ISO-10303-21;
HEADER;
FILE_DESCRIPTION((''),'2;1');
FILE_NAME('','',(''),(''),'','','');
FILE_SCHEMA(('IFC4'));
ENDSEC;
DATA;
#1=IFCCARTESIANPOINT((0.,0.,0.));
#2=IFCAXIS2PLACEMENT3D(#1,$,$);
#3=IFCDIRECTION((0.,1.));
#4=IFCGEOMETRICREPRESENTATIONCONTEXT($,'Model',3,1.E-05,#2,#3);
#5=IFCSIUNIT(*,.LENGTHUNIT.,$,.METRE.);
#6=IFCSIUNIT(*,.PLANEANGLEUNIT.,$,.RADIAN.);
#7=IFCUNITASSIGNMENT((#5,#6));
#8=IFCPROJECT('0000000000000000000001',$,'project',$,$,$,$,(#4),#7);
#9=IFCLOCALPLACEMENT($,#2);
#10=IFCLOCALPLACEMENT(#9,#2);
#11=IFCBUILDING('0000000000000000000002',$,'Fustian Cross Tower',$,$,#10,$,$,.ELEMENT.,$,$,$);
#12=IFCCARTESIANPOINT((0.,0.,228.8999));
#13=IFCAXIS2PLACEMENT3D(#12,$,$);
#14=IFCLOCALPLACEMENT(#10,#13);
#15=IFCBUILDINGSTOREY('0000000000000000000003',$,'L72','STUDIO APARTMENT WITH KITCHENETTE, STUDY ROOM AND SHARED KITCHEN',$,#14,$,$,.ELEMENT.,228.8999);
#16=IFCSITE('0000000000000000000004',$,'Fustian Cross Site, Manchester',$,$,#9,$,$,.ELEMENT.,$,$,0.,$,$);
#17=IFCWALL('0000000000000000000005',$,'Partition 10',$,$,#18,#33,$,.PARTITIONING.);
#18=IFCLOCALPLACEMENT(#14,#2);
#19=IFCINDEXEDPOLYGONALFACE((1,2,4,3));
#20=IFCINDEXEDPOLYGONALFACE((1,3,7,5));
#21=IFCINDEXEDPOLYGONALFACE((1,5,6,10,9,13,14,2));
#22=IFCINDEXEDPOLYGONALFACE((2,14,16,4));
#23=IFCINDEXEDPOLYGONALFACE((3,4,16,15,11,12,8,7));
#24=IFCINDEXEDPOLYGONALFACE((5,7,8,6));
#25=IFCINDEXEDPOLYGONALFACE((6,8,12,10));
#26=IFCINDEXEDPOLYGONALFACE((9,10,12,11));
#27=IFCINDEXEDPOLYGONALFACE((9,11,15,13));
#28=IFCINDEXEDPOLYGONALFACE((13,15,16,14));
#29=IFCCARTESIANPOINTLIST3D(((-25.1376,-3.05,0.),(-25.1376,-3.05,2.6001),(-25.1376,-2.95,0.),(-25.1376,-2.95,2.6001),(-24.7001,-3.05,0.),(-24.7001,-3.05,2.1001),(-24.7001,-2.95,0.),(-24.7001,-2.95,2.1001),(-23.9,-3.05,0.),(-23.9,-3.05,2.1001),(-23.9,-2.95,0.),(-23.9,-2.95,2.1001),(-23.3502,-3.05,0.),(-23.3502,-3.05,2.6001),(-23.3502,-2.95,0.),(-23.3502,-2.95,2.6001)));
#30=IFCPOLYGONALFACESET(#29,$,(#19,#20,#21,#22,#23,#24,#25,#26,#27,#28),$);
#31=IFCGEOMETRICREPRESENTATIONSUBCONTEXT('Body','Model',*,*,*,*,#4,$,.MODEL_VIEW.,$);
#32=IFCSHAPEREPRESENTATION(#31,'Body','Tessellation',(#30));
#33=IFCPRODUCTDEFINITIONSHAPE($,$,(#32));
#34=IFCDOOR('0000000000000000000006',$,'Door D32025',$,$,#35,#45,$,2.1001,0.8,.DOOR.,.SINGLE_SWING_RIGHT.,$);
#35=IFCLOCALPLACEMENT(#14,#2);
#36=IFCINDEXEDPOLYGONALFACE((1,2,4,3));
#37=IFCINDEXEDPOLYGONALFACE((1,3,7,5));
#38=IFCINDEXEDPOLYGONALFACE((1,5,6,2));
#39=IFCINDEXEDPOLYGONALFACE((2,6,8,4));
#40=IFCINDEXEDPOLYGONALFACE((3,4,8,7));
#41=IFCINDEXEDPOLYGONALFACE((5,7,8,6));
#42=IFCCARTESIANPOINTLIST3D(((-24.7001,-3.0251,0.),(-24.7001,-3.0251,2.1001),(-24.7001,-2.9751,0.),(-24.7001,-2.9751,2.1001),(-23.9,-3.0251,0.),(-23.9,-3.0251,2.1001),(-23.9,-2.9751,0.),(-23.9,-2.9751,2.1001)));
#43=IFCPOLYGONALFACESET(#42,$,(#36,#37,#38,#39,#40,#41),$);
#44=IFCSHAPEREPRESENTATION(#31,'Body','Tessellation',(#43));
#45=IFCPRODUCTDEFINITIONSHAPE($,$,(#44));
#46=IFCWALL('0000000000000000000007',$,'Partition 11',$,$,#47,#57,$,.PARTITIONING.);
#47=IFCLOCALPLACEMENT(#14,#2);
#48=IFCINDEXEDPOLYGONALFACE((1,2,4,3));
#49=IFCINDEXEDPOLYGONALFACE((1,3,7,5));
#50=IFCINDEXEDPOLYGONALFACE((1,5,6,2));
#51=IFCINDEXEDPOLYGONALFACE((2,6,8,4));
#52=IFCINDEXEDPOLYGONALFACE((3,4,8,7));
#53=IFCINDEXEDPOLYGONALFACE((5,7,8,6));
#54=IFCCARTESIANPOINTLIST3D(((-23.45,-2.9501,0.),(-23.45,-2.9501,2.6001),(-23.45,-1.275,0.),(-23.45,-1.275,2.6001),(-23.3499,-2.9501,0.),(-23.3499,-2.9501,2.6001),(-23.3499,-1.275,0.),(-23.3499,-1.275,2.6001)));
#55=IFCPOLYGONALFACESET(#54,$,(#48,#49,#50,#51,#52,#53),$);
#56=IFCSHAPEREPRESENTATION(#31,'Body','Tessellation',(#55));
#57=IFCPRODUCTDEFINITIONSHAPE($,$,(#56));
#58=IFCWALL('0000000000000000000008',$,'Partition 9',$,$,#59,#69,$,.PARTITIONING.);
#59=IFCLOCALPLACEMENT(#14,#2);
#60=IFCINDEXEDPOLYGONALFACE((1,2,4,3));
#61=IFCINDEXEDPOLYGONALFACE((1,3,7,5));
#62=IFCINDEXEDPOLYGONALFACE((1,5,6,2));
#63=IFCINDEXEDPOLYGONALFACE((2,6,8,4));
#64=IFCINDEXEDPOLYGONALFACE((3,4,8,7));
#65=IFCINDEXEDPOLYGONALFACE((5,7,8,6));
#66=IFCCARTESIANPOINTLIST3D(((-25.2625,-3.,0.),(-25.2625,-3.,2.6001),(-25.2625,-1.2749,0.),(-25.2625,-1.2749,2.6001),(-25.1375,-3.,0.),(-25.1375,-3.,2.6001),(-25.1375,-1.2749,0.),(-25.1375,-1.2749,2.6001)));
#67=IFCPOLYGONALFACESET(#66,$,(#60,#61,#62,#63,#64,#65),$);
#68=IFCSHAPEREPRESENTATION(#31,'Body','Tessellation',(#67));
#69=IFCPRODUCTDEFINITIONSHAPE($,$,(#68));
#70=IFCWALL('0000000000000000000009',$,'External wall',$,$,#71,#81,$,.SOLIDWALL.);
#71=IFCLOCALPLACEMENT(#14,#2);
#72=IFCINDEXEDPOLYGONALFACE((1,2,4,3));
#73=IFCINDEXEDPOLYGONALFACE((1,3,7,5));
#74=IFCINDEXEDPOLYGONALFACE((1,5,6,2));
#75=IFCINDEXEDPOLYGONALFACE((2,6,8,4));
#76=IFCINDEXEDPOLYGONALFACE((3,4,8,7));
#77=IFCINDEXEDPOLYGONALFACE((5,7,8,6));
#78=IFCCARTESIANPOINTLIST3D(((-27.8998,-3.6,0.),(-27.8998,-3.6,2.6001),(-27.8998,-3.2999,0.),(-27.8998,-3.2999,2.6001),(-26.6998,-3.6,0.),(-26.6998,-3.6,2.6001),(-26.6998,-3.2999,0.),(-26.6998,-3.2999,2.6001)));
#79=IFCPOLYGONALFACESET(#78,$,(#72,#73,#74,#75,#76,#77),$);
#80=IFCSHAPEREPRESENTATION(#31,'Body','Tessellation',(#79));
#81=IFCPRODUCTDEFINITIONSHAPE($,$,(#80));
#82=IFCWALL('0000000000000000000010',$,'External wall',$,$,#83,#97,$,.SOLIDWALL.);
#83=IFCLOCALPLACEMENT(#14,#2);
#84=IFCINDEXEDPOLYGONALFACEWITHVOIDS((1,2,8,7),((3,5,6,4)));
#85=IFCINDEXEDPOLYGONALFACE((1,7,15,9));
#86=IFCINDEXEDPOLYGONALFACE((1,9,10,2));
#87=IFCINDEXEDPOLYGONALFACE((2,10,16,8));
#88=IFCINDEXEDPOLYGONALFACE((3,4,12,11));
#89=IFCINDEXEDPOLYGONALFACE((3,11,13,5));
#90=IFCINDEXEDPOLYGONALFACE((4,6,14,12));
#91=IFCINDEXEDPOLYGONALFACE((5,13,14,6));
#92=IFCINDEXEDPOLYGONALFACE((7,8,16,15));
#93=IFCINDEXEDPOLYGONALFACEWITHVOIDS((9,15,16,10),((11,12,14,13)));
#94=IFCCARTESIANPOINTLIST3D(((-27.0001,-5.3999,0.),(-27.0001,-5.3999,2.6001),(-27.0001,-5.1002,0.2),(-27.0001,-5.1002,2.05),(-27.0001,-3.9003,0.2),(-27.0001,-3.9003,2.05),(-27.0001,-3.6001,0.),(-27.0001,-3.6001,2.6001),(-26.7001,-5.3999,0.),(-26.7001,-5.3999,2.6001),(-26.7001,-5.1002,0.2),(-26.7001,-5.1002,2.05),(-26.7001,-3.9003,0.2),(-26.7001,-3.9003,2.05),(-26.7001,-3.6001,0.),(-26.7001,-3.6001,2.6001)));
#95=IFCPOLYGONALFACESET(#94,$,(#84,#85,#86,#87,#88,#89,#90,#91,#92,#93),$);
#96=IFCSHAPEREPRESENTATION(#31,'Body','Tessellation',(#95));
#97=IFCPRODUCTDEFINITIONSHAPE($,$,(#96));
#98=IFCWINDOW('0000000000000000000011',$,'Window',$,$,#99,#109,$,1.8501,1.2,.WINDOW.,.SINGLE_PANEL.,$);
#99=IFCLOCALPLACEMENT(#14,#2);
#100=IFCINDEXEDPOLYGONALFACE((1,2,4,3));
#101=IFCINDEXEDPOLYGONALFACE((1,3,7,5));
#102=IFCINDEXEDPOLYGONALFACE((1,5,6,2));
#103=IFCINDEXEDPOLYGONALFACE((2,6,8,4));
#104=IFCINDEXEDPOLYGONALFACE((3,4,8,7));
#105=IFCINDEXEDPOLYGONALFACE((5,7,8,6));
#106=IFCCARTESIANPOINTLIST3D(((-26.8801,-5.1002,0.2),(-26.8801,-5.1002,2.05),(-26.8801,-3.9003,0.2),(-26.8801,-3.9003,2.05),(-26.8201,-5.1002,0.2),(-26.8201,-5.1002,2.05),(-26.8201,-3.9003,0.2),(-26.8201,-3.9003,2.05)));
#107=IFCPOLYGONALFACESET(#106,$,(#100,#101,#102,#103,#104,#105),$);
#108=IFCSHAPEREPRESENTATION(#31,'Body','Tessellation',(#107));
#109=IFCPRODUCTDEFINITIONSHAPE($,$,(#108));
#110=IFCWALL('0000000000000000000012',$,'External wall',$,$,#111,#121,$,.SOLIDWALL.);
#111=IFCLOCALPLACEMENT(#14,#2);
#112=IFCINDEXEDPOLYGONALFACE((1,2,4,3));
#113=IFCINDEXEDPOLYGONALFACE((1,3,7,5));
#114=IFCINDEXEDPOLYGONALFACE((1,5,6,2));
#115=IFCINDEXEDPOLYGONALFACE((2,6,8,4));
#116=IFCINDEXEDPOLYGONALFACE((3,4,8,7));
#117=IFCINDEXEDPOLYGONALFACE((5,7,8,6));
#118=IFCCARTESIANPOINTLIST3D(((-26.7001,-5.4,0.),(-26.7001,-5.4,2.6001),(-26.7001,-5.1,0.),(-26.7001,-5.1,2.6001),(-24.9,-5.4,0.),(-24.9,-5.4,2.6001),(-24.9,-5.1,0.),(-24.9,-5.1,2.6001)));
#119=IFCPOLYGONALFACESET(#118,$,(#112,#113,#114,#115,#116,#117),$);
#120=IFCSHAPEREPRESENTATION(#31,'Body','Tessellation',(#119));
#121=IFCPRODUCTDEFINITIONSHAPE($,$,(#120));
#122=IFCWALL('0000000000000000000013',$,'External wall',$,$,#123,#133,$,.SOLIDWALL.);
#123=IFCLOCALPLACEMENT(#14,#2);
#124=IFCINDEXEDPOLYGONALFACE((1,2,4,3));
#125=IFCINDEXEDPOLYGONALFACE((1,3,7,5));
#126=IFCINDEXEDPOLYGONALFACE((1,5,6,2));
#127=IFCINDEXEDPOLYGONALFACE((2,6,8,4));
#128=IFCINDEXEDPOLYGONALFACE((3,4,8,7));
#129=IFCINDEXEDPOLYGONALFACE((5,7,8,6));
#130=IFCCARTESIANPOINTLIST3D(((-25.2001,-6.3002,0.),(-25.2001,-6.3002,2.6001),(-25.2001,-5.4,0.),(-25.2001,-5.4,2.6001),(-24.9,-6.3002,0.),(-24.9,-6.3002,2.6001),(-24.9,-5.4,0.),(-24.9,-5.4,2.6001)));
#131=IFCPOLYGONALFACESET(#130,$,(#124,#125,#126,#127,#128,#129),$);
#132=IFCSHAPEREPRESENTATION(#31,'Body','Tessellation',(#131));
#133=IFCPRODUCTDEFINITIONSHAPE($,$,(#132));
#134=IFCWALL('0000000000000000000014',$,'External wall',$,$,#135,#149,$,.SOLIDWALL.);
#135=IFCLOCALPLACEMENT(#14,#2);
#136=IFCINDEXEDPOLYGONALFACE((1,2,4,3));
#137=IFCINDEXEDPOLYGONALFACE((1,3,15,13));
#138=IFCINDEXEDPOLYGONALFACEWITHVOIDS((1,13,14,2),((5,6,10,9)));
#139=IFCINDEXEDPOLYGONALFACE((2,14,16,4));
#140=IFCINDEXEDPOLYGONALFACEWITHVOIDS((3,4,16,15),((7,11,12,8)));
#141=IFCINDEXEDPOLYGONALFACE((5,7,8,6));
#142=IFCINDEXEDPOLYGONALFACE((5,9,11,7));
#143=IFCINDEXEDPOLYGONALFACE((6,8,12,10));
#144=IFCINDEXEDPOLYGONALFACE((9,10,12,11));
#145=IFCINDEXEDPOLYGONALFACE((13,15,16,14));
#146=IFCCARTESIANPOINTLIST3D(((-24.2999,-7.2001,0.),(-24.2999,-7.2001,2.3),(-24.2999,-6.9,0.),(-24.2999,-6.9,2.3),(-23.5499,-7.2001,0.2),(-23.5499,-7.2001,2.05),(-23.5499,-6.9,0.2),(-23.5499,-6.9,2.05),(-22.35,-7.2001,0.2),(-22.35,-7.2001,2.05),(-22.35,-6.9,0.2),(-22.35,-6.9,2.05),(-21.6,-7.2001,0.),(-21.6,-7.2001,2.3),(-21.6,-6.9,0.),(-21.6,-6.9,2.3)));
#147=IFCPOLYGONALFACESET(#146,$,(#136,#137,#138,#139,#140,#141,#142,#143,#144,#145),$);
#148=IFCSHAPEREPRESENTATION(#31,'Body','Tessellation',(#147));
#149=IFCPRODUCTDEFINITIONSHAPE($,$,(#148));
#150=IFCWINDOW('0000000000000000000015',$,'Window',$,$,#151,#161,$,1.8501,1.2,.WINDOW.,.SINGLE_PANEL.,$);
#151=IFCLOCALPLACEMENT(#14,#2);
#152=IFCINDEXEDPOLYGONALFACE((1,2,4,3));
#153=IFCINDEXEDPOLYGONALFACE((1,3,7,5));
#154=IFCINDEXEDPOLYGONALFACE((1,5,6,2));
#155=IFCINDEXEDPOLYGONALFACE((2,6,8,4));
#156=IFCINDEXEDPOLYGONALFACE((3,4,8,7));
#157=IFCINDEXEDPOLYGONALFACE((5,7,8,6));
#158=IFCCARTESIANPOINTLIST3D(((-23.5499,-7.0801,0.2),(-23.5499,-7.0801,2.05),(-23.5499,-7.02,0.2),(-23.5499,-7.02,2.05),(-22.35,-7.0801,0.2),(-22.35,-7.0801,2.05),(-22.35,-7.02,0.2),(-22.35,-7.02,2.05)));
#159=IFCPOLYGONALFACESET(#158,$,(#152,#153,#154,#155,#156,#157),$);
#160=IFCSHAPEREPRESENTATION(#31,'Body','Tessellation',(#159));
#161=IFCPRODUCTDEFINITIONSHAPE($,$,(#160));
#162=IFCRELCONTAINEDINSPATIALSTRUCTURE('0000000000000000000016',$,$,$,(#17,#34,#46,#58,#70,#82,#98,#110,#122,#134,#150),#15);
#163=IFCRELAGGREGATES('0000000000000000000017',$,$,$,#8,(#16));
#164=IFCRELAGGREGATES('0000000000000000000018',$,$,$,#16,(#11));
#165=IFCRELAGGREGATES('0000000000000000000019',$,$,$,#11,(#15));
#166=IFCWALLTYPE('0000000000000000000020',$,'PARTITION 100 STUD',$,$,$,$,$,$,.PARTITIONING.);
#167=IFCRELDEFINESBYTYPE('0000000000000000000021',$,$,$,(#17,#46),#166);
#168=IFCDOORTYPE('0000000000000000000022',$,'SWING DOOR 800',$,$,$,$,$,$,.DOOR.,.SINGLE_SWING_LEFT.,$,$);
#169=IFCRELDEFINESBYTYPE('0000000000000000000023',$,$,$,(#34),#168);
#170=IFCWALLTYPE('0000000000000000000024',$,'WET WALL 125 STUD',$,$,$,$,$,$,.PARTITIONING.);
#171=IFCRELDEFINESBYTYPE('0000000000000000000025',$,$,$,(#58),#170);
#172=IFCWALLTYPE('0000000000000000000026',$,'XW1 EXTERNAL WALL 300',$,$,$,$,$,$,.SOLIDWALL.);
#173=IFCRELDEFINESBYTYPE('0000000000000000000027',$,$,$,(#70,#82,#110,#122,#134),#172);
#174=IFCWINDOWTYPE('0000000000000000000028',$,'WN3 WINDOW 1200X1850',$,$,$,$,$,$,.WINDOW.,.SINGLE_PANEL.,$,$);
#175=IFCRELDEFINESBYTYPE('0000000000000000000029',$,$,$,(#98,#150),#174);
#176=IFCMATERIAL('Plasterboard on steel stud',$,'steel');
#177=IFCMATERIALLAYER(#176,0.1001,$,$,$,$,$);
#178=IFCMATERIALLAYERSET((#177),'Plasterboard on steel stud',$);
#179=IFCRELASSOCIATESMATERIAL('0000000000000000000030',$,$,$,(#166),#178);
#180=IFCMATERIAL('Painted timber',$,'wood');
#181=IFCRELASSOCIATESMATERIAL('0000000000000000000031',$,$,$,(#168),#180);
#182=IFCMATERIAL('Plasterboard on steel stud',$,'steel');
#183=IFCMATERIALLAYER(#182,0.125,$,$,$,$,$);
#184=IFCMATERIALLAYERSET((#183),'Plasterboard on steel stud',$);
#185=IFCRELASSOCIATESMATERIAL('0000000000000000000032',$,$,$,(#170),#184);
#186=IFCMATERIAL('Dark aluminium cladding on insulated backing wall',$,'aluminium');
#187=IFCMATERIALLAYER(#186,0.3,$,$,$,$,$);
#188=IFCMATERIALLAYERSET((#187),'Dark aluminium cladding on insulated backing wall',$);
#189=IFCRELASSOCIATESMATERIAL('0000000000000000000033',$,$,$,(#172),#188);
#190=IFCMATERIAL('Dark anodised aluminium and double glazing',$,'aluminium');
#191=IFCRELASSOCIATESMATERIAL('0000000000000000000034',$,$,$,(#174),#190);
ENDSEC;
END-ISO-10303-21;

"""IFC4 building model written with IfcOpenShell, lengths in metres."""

from ifc_helpers import new_model, si_unit, direction, frame, frame_2d, origin, place, context, subcontext, project, spatial, rectangle, extrude, material, layer, layer_set, type_object, element, fill, save


model = new_model("IFC4")

# Units and contexts
model_context = context("Model", 3, precision=1e-05, world=origin(), true_north=direction((0.0, 1.0)))
body_context = subcontext(model_context, "Body", "Model", "MODEL_VIEW")
ifc_project = project(units=[si_unit("LENGTHUNIT", "METRE"), si_unit("PLANEANGLEUNIT", "RADIAN")], contexts=[model_context])

# Site, building, storey
site_placement = place(None, origin())
site = spatial("IfcSite", under=ifc_project, at=site_placement, Name="Fustian Cross Site, Manchester", CompositionType="ELEMENT", RefElevation=0.0)
building_placement = place(site_placement, origin())
building = spatial("IfcBuilding", under=site, at=building_placement, Name="Fustian Cross Tower", CompositionType="ELEMENT")
storey_placement = place(building_placement, frame((0.0, 0.0, 228.8999)))
storey = spatial("IfcBuildingStorey", under=building, at=storey_placement, Name="L72", Description="STUDIO APARTMENT WITH KITCHENETTE, STUDY ROOM AND SHARED KITCHEN", CompositionType="ELEMENT", Elevation=228.8999)

# Shared definitions
ifc_material_1 = material(Name="Plasterboard on steel stud", Category="steel")
ifc_layer_1 = layer(ifc_material_1, 0.1001)
ifc_layer_set_1 = layer_set([ifc_layer_1], Name="Plasterboard on steel stud")
wall_type_1 = type_object("IfcWallType", Name="PARTITION 100 STUD", PredefinedType="PARTITIONING", material=ifc_layer_set_1)

# Wall, opening, door
wall_1_placement = place(storey_placement, frame((-25.1375, -3.0, 0.0), z_axis=(0.0, 0.0, 1.0), x_axis=(1.0, 0.0, 0.0)))
wall_1 = element("IfcWall", 1, at=wall_1_placement, inside=storey, type_object=wall_type_1, Name="Partition 10", PredefinedType="PARTITIONING", context=body_context, shape_type="SweptSolid", body=[
    extrude(rectangle(XDim=1.7874, YDim=0.1001, at=frame_2d((0.8936, 0.0))), origin(), (0.0, 0.0, 1.0), 2.6001),
])
opening_1_placement = place(wall_1_placement, frame((0.4375, 0.0, 0.0)))
opening_1 = element("IfcOpeningElement", 2, at=opening_1_placement, cuts=wall_1, PredefinedType="OPENING", context=body_context, shape_type="SweptSolid", body=[
    extrude(rectangle(XDim=0.8, YDim=2.1001, at=frame_2d((0.3999, 1.05))), frame((0.0, 0.0601, 0.0), z_axis=(0.0, -1.0, 0.0), x_axis=(1.0, 0.0, 0.0)), (0.0, 0.0, 1.0), 0.1201),
])
ifc_material_2 = material(Name="Painted timber", Category="wood")
door_type_1 = type_object("IfcDoorType", Name="SWING DOOR 800", OperationType="SINGLE_SWING_LEFT", PredefinedType="DOOR", material=ifc_material_2)
door_1_placement = place(opening_1_placement, origin())
door_1 = element("IfcDoor", 3, at=door_1_placement, inside=storey, type_object=door_type_1, Name="Door D32025", OperationType="SINGLE_SWING_RIGHT", OverallHeight=2.1001, OverallWidth=0.8, PredefinedType="DOOR", context=body_context, shape_type="SweptSolid", body=[
    extrude(rectangle(XDim=0.8, YDim=2.1001, at=frame_2d((0.3999, 1.05))), frame((0.0, 0.0249, 0.0), z_axis=(0.0, -1.0, 0.0), x_axis=(1.0, 0.0, 0.0)), (0.0, 0.0, 1.0), 0.05),
])
fill(opening_1, door_1)

# Walls
wall_2_placement = place(storey_placement, frame((-23.3999, -2.95, 0.0), z_axis=(0.0, 0.0, 1.0), x_axis=(0.0, 1.0, 0.0)))
element("IfcWall", 4, at=wall_2_placement, inside=storey, type_object=wall_type_1, Name="Partition 11", PredefinedType="PARTITIONING", context=body_context, shape_type="SweptSolid", body=[
    extrude(rectangle(XDim=1.675, YDim=0.1001, at=frame_2d((0.8374, 0.0))), origin(), (0.0, 0.0, 1.0), 2.6001),
])
ifc_material_3 = material(Name="Plasterboard on steel stud", Category="steel")
ifc_layer_2 = layer(ifc_material_3, 0.125)
ifc_layer_set_2 = layer_set([ifc_layer_2], Name="Plasterboard on steel stud")
wall_type_2 = type_object("IfcWallType", Name="WET WALL 125 STUD", PredefinedType="PARTITIONING", material=ifc_layer_set_2)
wall_3_placement = place(storey_placement, frame((-25.2, -3.0, 0.0), z_axis=(0.0, 0.0, 1.0), x_axis=(0.0, 1.0, 0.0)))
element("IfcWall", 5, at=wall_3_placement, inside=storey, type_object=wall_type_2, Name="Partition 9", PredefinedType="PARTITIONING", context=body_context, shape_type="SweptSolid", body=[
    extrude(rectangle(XDim=1.7251, YDim=0.125, at=frame_2d((0.8625, 0.0))), origin(), (0.0, 0.0, 1.0), 2.6001),
])
ifc_material_4 = material(Name="Dark aluminium cladding on insulated backing wall", Category="aluminium")
ifc_layer_3 = layer(ifc_material_4, 0.3)
ifc_layer_set_3 = layer_set([ifc_layer_3], Name="Dark aluminium cladding on insulated backing wall")
wall_type_3 = type_object("IfcWallType", Name="XW1 EXTERNAL WALL 300", PredefinedType="SOLIDWALL", material=ifc_layer_set_3)
wall_4_placement = place(storey_placement, frame((-27.8999, -3.45, 0.0), z_axis=(0.0, 0.0, 1.0), x_axis=(1.0, 0.0, 0.0)))
element("IfcWall", 6, at=wall_4_placement, inside=storey, type_object=wall_type_3, Name="External wall", PredefinedType="SOLIDWALL", context=body_context, shape_type="SweptSolid", body=[
    extrude(rectangle(XDim=1.2, YDim=0.3, at=frame_2d((0.6001, 0.0))), origin(), (0.0, 0.0, 1.0), 2.6001),
])

# Wall, opening, window
wall_5_placement = place(storey_placement, frame((-26.8501, -3.6001, 0.0), z_axis=(0.0, 0.0, 1.0), x_axis=(0.0, -1.0, 0.0)))
wall_5 = element("IfcWall", 7, at=wall_5_placement, inside=storey, type_object=wall_type_3, Name="External wall", PredefinedType="SOLIDWALL", context=body_context, shape_type="SweptSolid", body=[
    extrude(rectangle(XDim=1.7998, YDim=0.3, at=frame_2d((0.8999, 0.0))), origin(), (0.0, 0.0, 1.0), 2.6001),
])
opening_2_placement = place(wall_5_placement, frame((0.3, 0.0, 0.2)))
opening_2 = element("IfcOpeningElement", 8, at=opening_2_placement, cuts=wall_5, PredefinedType="OPENING", context=body_context, shape_type="SweptSolid", body=[
    extrude(rectangle(XDim=1.2, YDim=1.8501, at=frame_2d((0.6001, 0.925))), frame((0.0, 0.1599, 0.0), z_axis=(0.0, -1.0, 0.0), x_axis=(1.0, 0.0, 0.0)), (0.0, 0.0, 1.0), 0.3201),
])
ifc_material_5 = material(Name="Dark anodised aluminium and double glazing", Category="aluminium")
window_type = type_object("IfcWindowType", Name="WN3 WINDOW 1200X1850", PartitioningType="SINGLE_PANEL", PredefinedType="WINDOW", material=ifc_material_5)
window_1_placement = place(opening_2_placement, origin())
window_1 = element("IfcWindow", 9, at=window_1_placement, inside=storey, type_object=window_type, Name="Window", OverallHeight=1.8501, OverallWidth=1.2, PartitioningType="SINGLE_PANEL", PredefinedType="WINDOW", context=body_context, shape_type="SweptSolid", body=[
    extrude(rectangle(XDim=1.2, YDim=1.8501, at=frame_2d((0.6001, 0.925))), frame((0.0, 0.03, 0.0), z_axis=(0.0, -1.0, 0.0), x_axis=(1.0, 0.0, 0.0)), (0.0, 0.0, 1.0), 0.0601),
])
fill(opening_2, window_1)

# Walls
wall_6_placement = place(storey_placement, frame((-26.7, -5.25, 0.0), z_axis=(0.0, 0.0, 1.0), x_axis=(1.0, 0.0, 0.0)))
element("IfcWall", 10, at=wall_6_placement, inside=storey, type_object=wall_type_3, Name="External wall", PredefinedType="SOLIDWALL", context=body_context, shape_type="SweptSolid", body=[
    extrude(rectangle(XDim=1.8, YDim=0.3, at=frame_2d((0.8999, 0.0))), origin(), (0.0, 0.0, 1.0), 2.6001),
])
wall_7_placement = place(storey_placement, frame((-25.05, -5.3999, 0.0), z_axis=(0.0, 0.0, 1.0), x_axis=(0.0, -1.0, 0.0)))
element("IfcWall", 11, at=wall_7_placement, inside=storey, type_object=wall_type_3, Name="External wall", PredefinedType="SOLIDWALL", context=body_context, shape_type="SweptSolid", body=[
    extrude(rectangle(XDim=0.9001, YDim=0.3, at=frame_2d((0.4502, 0.0))), origin(), (0.0, 0.0, 1.0), 2.6001),
])

# Wall, opening, window
wall_8_placement = place(storey_placement, frame((-24.3, -7.05, 0.0), z_axis=(0.0, 0.0, 1.0), x_axis=(1.0, 0.0, 0.0)))
wall_8 = element("IfcWall", 12, at=wall_8_placement, inside=storey, type_object=wall_type_3, Name="External wall", PredefinedType="SOLIDWALL", context=body_context, shape_type="SweptSolid", body=[
    extrude(rectangle(XDim=2.7, YDim=0.3, at=frame_2d((1.3501, 0.0))), origin(), (0.0, 0.0, 1.0), 2.3),
])
opening_3_placement = place(wall_8_placement, frame((0.75, 0.0, 0.2)))
opening_3 = element("IfcOpeningElement", 13, at=opening_3_placement, cuts=wall_8, PredefinedType="OPENING", context=body_context, shape_type="SweptSolid", body=[
    extrude(rectangle(XDim=1.2, YDim=1.8501, at=frame_2d((0.6001, 0.925))), frame((0.0, 0.1599, 0.0), z_axis=(0.0, -1.0, 0.0), x_axis=(1.0, 0.0, 0.0)), (0.0, 0.0, 1.0), 0.3201),
])
window_2_placement = place(opening_3_placement, origin())
window_2 = element("IfcWindow", 14, at=window_2_placement, inside=storey, type_object=window_type, Name="Window", OverallHeight=1.8501, OverallWidth=1.2, PartitioningType="SINGLE_PANEL", PredefinedType="WINDOW", context=body_context, shape_type="SweptSolid", body=[
    extrude(rectangle(XDim=1.2, YDim=1.8501, at=frame_2d((0.6001, 0.925))), frame((0.0, 0.03, 0.0), z_axis=(0.0, -1.0, 0.0), x_axis=(1.0, 0.0, 0.0)), (0.0, 0.0, 1.0), 0.0601),
])
fill(opening_3, window_2)

save(model, "model.ifc")
